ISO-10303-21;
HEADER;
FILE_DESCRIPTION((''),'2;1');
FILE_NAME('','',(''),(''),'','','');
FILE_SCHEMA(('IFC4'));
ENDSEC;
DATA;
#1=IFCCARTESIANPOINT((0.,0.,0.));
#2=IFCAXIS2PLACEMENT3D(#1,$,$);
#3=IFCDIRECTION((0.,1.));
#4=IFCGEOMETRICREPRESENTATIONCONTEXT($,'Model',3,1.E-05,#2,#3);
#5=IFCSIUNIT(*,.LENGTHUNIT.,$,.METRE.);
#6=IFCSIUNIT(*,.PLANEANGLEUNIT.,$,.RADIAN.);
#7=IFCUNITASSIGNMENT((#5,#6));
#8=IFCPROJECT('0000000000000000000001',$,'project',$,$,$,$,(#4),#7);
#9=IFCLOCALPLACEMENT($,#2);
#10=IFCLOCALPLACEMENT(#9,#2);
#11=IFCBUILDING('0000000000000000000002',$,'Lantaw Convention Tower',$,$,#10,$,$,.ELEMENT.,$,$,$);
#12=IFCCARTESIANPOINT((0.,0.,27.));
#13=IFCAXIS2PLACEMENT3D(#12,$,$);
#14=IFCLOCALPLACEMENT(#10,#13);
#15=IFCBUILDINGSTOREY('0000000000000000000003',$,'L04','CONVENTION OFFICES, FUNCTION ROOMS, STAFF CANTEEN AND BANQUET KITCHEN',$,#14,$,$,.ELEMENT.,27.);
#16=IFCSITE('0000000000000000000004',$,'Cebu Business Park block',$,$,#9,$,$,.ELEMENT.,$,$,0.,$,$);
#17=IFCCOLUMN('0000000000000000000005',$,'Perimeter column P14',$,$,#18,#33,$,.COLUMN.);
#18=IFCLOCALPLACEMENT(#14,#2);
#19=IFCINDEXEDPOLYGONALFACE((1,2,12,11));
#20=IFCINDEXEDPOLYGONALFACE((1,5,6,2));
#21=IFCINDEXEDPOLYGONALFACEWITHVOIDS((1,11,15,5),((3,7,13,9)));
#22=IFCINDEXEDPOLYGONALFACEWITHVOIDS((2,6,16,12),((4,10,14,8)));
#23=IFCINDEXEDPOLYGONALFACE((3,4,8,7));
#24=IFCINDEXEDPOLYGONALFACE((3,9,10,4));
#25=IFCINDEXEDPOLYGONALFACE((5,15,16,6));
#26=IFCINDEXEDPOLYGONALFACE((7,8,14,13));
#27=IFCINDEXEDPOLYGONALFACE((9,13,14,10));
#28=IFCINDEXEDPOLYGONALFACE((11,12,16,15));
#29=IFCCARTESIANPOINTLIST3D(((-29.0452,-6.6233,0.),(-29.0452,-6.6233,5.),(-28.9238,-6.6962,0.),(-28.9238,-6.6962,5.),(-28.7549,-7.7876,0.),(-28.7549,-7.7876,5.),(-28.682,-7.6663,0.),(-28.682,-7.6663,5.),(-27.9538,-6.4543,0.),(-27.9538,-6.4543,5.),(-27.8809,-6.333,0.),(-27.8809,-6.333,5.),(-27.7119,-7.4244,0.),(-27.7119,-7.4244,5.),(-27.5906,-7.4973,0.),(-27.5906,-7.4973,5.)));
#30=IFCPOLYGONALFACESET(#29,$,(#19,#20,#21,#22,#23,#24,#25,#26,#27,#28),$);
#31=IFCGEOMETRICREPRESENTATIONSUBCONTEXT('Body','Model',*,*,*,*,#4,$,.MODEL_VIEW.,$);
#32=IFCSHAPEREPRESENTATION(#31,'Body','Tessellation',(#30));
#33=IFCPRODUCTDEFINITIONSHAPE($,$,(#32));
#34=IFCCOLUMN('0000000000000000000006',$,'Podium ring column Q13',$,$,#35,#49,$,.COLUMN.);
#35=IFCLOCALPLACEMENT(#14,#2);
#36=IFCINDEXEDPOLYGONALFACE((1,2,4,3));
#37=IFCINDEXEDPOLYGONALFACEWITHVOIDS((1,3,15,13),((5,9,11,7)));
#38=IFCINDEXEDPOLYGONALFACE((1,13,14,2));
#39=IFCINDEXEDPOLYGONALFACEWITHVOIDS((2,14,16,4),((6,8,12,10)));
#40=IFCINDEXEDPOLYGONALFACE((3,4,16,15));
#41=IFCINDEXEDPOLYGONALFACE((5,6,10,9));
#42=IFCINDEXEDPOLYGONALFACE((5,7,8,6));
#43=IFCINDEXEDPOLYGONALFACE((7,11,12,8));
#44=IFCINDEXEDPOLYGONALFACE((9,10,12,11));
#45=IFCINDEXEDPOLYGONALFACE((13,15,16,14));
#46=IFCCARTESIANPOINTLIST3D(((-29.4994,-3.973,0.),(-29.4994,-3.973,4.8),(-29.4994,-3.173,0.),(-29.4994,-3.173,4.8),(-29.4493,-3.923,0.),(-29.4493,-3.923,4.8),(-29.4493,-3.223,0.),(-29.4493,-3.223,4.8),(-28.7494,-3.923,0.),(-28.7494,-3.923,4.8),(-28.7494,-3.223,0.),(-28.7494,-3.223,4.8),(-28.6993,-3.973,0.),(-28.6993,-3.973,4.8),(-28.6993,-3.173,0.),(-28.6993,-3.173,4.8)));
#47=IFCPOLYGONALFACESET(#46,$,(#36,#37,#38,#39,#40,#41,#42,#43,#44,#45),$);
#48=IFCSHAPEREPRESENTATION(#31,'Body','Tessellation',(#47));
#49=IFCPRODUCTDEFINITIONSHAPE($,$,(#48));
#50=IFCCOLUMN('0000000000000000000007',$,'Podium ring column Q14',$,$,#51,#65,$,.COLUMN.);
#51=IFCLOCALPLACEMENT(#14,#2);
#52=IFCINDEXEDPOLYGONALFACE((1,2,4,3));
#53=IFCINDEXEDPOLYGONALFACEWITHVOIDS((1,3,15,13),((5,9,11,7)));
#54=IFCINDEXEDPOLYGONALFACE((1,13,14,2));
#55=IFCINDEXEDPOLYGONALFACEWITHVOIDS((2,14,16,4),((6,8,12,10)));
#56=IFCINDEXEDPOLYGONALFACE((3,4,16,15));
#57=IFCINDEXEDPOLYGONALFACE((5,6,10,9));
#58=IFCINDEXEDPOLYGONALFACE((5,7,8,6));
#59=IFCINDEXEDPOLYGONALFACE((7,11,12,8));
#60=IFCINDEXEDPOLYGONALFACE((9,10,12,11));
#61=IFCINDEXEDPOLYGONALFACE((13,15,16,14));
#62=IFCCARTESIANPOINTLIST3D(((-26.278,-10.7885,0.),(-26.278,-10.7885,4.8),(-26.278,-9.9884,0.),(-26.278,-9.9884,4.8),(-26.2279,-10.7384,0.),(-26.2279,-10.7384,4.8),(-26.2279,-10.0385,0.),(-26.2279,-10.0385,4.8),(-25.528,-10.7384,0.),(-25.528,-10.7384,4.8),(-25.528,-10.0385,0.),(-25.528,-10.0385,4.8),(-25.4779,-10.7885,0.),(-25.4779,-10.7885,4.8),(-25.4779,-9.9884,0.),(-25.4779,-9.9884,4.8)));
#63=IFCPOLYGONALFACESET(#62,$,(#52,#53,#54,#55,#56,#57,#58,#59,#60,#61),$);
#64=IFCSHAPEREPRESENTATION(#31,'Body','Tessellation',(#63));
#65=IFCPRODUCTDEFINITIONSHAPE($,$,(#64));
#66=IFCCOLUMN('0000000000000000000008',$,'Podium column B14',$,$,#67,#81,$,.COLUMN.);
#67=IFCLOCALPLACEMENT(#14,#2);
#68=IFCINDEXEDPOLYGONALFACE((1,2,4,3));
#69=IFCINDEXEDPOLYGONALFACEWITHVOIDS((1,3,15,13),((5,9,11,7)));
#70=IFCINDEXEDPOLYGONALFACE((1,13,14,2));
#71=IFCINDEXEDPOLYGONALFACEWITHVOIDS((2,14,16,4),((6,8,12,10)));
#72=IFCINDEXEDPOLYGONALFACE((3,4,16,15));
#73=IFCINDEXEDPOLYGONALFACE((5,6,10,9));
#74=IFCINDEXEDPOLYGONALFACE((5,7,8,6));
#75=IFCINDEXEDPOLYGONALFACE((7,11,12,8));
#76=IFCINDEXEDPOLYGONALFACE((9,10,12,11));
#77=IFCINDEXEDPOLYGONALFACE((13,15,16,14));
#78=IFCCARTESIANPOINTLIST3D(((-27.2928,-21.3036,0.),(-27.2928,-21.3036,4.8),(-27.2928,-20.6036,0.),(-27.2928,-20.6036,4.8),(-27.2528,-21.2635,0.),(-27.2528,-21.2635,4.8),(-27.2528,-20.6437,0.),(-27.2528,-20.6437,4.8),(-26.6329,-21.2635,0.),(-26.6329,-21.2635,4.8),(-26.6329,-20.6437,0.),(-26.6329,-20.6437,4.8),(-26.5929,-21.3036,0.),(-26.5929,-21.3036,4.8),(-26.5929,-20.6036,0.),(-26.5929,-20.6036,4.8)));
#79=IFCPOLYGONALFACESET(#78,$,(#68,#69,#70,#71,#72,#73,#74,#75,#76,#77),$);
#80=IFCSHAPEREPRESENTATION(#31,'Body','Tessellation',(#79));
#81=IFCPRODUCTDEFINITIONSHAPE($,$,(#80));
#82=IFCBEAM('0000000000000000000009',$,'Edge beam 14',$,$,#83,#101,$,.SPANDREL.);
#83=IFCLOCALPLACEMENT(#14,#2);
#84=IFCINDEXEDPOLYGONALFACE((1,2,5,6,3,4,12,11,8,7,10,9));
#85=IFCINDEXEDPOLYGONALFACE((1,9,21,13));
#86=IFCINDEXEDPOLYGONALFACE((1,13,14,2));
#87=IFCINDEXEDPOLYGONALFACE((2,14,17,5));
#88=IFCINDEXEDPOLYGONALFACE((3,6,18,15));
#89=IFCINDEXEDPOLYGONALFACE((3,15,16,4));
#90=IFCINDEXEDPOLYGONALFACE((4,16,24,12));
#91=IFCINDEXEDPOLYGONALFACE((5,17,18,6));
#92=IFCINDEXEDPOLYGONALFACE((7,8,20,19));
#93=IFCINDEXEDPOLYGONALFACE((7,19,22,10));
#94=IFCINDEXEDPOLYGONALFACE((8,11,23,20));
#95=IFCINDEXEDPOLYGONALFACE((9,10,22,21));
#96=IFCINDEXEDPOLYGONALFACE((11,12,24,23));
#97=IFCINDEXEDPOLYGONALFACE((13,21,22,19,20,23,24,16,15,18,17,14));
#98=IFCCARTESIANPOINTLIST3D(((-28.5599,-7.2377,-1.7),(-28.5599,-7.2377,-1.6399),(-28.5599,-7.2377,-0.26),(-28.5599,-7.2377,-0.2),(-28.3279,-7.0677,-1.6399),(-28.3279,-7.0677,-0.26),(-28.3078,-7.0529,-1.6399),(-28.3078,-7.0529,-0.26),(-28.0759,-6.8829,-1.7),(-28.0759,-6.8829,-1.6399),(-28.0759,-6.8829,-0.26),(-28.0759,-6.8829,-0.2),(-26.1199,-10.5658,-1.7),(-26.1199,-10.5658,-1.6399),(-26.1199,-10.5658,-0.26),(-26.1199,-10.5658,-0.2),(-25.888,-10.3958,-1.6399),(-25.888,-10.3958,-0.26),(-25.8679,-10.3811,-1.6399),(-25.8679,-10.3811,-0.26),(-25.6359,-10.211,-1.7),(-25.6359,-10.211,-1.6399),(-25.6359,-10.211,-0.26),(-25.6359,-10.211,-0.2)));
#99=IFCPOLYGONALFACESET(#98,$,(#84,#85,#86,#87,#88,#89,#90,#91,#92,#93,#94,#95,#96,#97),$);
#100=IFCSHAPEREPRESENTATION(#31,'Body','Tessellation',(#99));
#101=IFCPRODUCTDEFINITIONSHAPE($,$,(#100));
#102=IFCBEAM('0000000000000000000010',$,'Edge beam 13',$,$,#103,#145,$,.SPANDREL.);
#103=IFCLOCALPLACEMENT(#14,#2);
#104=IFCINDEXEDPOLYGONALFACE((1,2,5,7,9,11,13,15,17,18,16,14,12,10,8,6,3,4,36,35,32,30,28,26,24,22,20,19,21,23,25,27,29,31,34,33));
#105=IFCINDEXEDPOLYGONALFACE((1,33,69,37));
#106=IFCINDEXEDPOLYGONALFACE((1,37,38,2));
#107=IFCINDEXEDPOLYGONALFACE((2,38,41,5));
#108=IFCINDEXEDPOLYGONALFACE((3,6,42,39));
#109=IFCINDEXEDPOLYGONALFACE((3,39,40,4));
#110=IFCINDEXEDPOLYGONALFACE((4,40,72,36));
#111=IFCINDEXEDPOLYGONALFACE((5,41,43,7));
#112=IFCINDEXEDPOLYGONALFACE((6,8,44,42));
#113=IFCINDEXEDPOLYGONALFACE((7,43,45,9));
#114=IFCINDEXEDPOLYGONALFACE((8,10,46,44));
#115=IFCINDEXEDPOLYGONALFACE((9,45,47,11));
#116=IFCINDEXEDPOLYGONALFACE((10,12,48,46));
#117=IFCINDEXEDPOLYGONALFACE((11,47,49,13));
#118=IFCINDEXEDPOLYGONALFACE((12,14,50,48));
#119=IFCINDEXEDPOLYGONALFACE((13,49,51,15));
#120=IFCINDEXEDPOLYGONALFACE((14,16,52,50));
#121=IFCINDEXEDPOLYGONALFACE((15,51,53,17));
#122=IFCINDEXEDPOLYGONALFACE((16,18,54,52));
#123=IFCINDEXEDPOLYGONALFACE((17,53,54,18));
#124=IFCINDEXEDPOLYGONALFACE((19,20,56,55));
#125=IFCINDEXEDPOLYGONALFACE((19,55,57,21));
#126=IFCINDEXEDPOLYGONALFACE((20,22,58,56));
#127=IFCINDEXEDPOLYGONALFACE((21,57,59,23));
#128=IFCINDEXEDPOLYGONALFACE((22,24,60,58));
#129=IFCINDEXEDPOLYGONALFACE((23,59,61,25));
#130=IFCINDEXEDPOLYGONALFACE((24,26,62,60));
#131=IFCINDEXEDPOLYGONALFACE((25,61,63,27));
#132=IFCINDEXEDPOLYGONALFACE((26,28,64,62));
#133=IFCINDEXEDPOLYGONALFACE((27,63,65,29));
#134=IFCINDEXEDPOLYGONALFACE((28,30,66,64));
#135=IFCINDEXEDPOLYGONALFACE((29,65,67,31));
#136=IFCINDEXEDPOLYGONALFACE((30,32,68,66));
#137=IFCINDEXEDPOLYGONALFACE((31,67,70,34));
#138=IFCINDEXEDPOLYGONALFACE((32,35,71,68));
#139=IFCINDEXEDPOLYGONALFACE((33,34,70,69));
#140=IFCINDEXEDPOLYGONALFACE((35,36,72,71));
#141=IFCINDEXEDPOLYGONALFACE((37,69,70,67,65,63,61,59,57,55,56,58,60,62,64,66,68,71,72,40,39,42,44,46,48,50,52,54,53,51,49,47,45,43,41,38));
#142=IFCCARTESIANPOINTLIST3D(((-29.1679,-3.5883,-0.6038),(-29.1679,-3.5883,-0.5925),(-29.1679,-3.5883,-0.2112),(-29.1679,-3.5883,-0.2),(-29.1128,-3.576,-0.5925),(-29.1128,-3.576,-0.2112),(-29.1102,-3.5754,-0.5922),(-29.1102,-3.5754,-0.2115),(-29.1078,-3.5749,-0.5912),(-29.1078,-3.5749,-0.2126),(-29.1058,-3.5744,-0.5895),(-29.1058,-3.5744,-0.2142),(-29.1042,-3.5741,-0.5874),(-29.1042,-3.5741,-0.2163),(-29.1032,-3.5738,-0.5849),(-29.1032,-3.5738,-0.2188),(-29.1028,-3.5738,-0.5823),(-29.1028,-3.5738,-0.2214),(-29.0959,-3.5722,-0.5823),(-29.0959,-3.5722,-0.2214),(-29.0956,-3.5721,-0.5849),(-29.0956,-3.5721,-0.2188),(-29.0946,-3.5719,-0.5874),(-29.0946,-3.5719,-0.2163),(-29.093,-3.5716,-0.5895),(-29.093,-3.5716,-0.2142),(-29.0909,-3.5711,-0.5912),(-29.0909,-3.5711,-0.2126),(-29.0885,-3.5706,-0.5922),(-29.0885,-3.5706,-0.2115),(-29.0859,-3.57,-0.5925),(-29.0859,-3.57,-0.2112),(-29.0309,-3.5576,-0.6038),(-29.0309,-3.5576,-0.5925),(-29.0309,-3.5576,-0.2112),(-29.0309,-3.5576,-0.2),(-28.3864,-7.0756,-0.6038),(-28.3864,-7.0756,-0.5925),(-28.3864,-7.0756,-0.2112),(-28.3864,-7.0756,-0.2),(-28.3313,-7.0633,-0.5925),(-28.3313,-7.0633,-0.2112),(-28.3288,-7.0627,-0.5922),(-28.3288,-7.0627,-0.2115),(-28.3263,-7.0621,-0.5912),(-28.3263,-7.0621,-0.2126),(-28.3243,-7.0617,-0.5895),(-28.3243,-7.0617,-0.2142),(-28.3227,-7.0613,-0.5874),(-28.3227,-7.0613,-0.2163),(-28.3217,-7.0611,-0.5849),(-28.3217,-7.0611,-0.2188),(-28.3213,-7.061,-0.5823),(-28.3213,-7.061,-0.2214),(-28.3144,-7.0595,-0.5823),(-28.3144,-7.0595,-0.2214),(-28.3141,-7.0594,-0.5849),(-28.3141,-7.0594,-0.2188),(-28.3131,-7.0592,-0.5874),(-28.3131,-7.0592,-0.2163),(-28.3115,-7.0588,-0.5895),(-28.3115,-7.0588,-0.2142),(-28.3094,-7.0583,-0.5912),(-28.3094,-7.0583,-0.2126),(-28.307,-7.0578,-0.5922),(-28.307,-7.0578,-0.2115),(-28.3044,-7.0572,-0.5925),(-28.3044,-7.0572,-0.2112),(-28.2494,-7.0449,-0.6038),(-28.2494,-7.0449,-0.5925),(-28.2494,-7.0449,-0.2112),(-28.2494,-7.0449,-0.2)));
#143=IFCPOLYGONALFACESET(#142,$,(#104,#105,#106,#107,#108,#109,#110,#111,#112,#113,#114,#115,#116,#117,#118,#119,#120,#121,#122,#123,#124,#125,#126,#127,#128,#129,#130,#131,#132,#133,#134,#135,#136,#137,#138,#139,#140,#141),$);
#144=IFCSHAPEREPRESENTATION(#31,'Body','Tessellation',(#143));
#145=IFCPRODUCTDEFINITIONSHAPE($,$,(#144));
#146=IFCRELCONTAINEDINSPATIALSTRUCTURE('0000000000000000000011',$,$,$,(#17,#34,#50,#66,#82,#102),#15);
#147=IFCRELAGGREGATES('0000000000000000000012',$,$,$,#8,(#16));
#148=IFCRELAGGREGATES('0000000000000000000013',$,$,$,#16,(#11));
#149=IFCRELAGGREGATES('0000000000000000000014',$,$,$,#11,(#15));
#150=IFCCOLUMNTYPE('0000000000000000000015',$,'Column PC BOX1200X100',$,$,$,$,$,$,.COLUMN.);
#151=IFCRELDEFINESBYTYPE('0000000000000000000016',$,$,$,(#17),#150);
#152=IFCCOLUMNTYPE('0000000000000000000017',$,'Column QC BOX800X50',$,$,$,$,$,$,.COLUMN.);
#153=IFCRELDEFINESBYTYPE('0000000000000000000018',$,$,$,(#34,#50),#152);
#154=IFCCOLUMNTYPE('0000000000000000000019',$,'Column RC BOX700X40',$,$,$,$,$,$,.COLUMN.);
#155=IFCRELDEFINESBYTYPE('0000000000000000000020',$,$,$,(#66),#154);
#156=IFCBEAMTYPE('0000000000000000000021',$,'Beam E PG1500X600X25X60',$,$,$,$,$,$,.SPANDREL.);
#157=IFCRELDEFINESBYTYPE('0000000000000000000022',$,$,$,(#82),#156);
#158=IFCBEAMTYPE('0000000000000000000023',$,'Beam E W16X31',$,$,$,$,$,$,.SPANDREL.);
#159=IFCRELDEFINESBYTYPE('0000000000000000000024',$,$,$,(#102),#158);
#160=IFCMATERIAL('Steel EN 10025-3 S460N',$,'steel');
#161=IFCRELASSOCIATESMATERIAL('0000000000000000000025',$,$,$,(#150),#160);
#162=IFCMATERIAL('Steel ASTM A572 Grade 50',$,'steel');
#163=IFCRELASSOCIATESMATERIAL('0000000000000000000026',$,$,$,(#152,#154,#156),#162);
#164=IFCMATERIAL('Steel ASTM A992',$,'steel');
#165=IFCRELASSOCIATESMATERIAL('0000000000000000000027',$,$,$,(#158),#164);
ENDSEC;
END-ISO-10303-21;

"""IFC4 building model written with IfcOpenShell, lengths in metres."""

from ifc_helpers import new_model, si_unit, direction, frame, origin, origin_2d, place, context, subcontext, project, spatial, rectangle, hollow_rectangle, i_section, extrude, material, material_profile, profile_set, type_object, element, save


model = new_model("IFC4")

# Units and contexts
model_context = context("Model", 3, precision=1e-05, world=origin(), true_north=direction((0.0, 1.0)))
body_context = subcontext(model_context, "Body", "Model", "MODEL_VIEW")
ifc_project = project(units=[si_unit("LENGTHUNIT", "METRE"), si_unit("PLANEANGLEUNIT", "RADIAN")], contexts=[model_context])

# Site, building, storey
site_placement = place(None, origin())
site = spatial("IfcSite", under=ifc_project, at=site_placement, Name="Cebu Business Park block", CompositionType="ELEMENT", RefElevation=0.0)
building_placement = place(site_placement, origin())
building = spatial("IfcBuilding", under=site, at=building_placement, Name="Lantaw Convention Tower", CompositionType="ELEMENT")
storey_placement = place(building_placement, frame((0.0, 0.0, 27.0)))
storey = spatial("IfcBuildingStorey", under=building, at=storey_placement, Name="L04", Description="CONVENTION OFFICES, FUNCTION ROOMS, STAFF CANTEEN AND BANQUET KITCHEN", CompositionType="ELEMENT", Elevation=27.0)

# Columns
ifc_material_1 = material(Name="Steel EN 10025-3 S460N", Category="steel")
ifc_material_profile_1 = material_profile(ifc_material_1, hollow_rectangle(XDim=1.2, YDim=1.2, WallThickness=0.1001, at=origin_2d()), Name="BOX1200X100")
ifc_material_2 = material(Name="Concrete C60/75", Category="concrete")
ifc_material_profile_2 = material_profile(ifc_material_2, rectangle(XDim=1.0, YDim=1.0, at=origin_2d()), Name="Concrete fill of BOX1200X100")
ifc_profile_set_1 = profile_set([ifc_material_profile_1, ifc_material_profile_2], Name="Steel EN 10025-3 S460N")
column_type_1 = type_object("IfcColumnType", Name="Column PC BOX1200X100", PredefinedType="COLUMN", material=ifc_profile_set_1)
column_1_placement = place(storey_placement, frame((-28.3179, -7.0603, 0.0), z_axis=(0.0, 0.0, 1.0), x_axis=(0.970296, 0.241922, 0.0)))
element("IfcColumn", 1, at=column_1_placement, inside=storey, type_object=column_type_1, Name="Perimeter column P14", PredefinedType="COLUMN", context=body_context, shape_type="SweptSolid", body=[
    extrude(hollow_rectangle(XDim=1.2, YDim=1.2, WallThickness=0.1001, at=origin_2d()), origin(), (0.0, 0.0, 1.0), 5.0),
])
ifc_material_3 = material(Name="Steel ASTM A572 Grade 50", Category="steel")
ifc_material_profile_3 = material_profile(ifc_material_3, hollow_rectangle(XDim=0.8, YDim=0.8, WallThickness=0.05, at=origin_2d()), Name="BOX800X50")
ifc_profile_set_2 = profile_set([ifc_material_profile_3], Name="Steel ASTM A572 Grade 50")
column_type_2 = type_object("IfcColumnType", Name="Column QC BOX800X50", PredefinedType="COLUMN", material=ifc_profile_set_2)
for number, where, z_axis, x_axis, name in (
    (2, (-29.0994, -3.573, 0.0), (0.0, 0.0, 1.0), (1.0, 0.0, 0.0), "Podium ring column Q13"),
    (3, (-25.8779, -10.3884, 0.0), (0.0, 0.0, 1.0), (1.0, 0.0, 0.0), "Podium ring column Q14"),
):
    element("IfcColumn", number, at=place(storey_placement, frame(where, z_axis=z_axis, x_axis=x_axis)), inside=storey, type_object=column_type_2, Name=name, PredefinedType="COLUMN", context=body_context, shape_type="SweptSolid", body=[
        extrude(hollow_rectangle(XDim=0.8, YDim=0.8, WallThickness=0.05, at=origin_2d()), origin(), (0.0, 0.0, 1.0), 4.8),
    ])
ifc_material_profile_4 = material_profile(ifc_material_3, hollow_rectangle(XDim=0.7, YDim=0.7, WallThickness=0.04, at=origin_2d()), Name="BOX700X40")
ifc_profile_set_3 = profile_set([ifc_material_profile_4], Name="Steel ASTM A572 Grade 50")
column_type_3 = type_object("IfcColumnType", Name="Column RC BOX700X40", PredefinedType="COLUMN", material=ifc_profile_set_3)
column_2_placement = place(storey_placement, frame((-26.9429, -20.9536, 0.0), z_axis=(0.0, 0.0, 1.0), x_axis=(1.0, 0.0, 0.0)))
element("IfcColumn", 4, at=column_2_placement, inside=storey, type_object=column_type_3, Name="Podium column B14", PredefinedType="COLUMN", context=body_context, shape_type="SweptSolid", body=[
    extrude(hollow_rectangle(XDim=0.7, YDim=0.7, WallThickness=0.04, at=origin_2d()), origin(), (0.0, 0.0, 1.0), 4.8),
])

# Beams
ifc_material_profile_5 = material_profile(ifc_material_3, i_section(OverallWidth=0.6001, OverallDepth=1.5, WebThickness=0.0249, FlangeThickness=0.0601, at=origin_2d()), Name="PG1500X600X25X60")
ifc_profile_set_4 = profile_set([ifc_material_profile_5], Name="Steel ASTM A572 Grade 50")
beam_type_1 = type_object("IfcBeamType", Name="Beam E PG1500X600X25X60", PredefinedType="SPANDREL", material=ifc_profile_set_4)
beam_1_placement = place(storey_placement, frame((-28.3179, -7.0603, -0.95), z_axis=(0.591256, -0.806484, 0.0), x_axis=(0.806484, 0.591256, 0.0)))
element("IfcBeam", 5, at=beam_1_placement, inside=storey, type_object=beam_type_1, Name="Edge beam 14", PredefinedType="SPANDREL", context=body_context, shape_type="SweptSolid", body=[
    extrude(i_section(OverallWidth=0.6001, OverallDepth=1.5, WebThickness=0.0249, FlangeThickness=0.0601, at=origin_2d()), origin(), (0.0, 0.0, 1.0), 4.1267),
])
ifc_material_4 = material(Name="Steel ASTM A992", Category="steel")
ifc_material_profile_6 = material_profile(ifc_material_4, i_section(OverallWidth=0.1404, OverallDepth=0.4038, WebThickness=0.0071, FlangeThickness=0.0112, FilletRadius=0.0103, at=origin_2d()), Name="W16X31")
ifc_profile_set_5 = profile_set([ifc_material_profile_6], Name="Steel ASTM A992")
beam_type_2 = type_object("IfcBeamType", Name="Beam E W16X31", PredefinedType="SPANDREL", material=ifc_profile_set_5)
beam_2_placement = place(storey_placement, frame((-29.0994, -3.573, -0.4019), z_axis=(0.218673, -0.975798, 0.0), x_axis=(0.975798, 0.218673, 0.0)))
element("IfcBeam", 6, at=beam_2_placement, inside=storey, type_object=beam_type_2, Name="Edge beam 13", PredefinedType="SPANDREL", context=body_context, shape_type="SweptSolid", body=[
    extrude(i_section(OverallWidth=0.1404, OverallDepth=0.4038, WebThickness=0.0071, FlangeThickness=0.0112, FilletRadius=0.0103, at=origin_2d()), origin(), (0.0, 0.0, 1.0), 3.5737),
])

save(model, "model.ifc")
